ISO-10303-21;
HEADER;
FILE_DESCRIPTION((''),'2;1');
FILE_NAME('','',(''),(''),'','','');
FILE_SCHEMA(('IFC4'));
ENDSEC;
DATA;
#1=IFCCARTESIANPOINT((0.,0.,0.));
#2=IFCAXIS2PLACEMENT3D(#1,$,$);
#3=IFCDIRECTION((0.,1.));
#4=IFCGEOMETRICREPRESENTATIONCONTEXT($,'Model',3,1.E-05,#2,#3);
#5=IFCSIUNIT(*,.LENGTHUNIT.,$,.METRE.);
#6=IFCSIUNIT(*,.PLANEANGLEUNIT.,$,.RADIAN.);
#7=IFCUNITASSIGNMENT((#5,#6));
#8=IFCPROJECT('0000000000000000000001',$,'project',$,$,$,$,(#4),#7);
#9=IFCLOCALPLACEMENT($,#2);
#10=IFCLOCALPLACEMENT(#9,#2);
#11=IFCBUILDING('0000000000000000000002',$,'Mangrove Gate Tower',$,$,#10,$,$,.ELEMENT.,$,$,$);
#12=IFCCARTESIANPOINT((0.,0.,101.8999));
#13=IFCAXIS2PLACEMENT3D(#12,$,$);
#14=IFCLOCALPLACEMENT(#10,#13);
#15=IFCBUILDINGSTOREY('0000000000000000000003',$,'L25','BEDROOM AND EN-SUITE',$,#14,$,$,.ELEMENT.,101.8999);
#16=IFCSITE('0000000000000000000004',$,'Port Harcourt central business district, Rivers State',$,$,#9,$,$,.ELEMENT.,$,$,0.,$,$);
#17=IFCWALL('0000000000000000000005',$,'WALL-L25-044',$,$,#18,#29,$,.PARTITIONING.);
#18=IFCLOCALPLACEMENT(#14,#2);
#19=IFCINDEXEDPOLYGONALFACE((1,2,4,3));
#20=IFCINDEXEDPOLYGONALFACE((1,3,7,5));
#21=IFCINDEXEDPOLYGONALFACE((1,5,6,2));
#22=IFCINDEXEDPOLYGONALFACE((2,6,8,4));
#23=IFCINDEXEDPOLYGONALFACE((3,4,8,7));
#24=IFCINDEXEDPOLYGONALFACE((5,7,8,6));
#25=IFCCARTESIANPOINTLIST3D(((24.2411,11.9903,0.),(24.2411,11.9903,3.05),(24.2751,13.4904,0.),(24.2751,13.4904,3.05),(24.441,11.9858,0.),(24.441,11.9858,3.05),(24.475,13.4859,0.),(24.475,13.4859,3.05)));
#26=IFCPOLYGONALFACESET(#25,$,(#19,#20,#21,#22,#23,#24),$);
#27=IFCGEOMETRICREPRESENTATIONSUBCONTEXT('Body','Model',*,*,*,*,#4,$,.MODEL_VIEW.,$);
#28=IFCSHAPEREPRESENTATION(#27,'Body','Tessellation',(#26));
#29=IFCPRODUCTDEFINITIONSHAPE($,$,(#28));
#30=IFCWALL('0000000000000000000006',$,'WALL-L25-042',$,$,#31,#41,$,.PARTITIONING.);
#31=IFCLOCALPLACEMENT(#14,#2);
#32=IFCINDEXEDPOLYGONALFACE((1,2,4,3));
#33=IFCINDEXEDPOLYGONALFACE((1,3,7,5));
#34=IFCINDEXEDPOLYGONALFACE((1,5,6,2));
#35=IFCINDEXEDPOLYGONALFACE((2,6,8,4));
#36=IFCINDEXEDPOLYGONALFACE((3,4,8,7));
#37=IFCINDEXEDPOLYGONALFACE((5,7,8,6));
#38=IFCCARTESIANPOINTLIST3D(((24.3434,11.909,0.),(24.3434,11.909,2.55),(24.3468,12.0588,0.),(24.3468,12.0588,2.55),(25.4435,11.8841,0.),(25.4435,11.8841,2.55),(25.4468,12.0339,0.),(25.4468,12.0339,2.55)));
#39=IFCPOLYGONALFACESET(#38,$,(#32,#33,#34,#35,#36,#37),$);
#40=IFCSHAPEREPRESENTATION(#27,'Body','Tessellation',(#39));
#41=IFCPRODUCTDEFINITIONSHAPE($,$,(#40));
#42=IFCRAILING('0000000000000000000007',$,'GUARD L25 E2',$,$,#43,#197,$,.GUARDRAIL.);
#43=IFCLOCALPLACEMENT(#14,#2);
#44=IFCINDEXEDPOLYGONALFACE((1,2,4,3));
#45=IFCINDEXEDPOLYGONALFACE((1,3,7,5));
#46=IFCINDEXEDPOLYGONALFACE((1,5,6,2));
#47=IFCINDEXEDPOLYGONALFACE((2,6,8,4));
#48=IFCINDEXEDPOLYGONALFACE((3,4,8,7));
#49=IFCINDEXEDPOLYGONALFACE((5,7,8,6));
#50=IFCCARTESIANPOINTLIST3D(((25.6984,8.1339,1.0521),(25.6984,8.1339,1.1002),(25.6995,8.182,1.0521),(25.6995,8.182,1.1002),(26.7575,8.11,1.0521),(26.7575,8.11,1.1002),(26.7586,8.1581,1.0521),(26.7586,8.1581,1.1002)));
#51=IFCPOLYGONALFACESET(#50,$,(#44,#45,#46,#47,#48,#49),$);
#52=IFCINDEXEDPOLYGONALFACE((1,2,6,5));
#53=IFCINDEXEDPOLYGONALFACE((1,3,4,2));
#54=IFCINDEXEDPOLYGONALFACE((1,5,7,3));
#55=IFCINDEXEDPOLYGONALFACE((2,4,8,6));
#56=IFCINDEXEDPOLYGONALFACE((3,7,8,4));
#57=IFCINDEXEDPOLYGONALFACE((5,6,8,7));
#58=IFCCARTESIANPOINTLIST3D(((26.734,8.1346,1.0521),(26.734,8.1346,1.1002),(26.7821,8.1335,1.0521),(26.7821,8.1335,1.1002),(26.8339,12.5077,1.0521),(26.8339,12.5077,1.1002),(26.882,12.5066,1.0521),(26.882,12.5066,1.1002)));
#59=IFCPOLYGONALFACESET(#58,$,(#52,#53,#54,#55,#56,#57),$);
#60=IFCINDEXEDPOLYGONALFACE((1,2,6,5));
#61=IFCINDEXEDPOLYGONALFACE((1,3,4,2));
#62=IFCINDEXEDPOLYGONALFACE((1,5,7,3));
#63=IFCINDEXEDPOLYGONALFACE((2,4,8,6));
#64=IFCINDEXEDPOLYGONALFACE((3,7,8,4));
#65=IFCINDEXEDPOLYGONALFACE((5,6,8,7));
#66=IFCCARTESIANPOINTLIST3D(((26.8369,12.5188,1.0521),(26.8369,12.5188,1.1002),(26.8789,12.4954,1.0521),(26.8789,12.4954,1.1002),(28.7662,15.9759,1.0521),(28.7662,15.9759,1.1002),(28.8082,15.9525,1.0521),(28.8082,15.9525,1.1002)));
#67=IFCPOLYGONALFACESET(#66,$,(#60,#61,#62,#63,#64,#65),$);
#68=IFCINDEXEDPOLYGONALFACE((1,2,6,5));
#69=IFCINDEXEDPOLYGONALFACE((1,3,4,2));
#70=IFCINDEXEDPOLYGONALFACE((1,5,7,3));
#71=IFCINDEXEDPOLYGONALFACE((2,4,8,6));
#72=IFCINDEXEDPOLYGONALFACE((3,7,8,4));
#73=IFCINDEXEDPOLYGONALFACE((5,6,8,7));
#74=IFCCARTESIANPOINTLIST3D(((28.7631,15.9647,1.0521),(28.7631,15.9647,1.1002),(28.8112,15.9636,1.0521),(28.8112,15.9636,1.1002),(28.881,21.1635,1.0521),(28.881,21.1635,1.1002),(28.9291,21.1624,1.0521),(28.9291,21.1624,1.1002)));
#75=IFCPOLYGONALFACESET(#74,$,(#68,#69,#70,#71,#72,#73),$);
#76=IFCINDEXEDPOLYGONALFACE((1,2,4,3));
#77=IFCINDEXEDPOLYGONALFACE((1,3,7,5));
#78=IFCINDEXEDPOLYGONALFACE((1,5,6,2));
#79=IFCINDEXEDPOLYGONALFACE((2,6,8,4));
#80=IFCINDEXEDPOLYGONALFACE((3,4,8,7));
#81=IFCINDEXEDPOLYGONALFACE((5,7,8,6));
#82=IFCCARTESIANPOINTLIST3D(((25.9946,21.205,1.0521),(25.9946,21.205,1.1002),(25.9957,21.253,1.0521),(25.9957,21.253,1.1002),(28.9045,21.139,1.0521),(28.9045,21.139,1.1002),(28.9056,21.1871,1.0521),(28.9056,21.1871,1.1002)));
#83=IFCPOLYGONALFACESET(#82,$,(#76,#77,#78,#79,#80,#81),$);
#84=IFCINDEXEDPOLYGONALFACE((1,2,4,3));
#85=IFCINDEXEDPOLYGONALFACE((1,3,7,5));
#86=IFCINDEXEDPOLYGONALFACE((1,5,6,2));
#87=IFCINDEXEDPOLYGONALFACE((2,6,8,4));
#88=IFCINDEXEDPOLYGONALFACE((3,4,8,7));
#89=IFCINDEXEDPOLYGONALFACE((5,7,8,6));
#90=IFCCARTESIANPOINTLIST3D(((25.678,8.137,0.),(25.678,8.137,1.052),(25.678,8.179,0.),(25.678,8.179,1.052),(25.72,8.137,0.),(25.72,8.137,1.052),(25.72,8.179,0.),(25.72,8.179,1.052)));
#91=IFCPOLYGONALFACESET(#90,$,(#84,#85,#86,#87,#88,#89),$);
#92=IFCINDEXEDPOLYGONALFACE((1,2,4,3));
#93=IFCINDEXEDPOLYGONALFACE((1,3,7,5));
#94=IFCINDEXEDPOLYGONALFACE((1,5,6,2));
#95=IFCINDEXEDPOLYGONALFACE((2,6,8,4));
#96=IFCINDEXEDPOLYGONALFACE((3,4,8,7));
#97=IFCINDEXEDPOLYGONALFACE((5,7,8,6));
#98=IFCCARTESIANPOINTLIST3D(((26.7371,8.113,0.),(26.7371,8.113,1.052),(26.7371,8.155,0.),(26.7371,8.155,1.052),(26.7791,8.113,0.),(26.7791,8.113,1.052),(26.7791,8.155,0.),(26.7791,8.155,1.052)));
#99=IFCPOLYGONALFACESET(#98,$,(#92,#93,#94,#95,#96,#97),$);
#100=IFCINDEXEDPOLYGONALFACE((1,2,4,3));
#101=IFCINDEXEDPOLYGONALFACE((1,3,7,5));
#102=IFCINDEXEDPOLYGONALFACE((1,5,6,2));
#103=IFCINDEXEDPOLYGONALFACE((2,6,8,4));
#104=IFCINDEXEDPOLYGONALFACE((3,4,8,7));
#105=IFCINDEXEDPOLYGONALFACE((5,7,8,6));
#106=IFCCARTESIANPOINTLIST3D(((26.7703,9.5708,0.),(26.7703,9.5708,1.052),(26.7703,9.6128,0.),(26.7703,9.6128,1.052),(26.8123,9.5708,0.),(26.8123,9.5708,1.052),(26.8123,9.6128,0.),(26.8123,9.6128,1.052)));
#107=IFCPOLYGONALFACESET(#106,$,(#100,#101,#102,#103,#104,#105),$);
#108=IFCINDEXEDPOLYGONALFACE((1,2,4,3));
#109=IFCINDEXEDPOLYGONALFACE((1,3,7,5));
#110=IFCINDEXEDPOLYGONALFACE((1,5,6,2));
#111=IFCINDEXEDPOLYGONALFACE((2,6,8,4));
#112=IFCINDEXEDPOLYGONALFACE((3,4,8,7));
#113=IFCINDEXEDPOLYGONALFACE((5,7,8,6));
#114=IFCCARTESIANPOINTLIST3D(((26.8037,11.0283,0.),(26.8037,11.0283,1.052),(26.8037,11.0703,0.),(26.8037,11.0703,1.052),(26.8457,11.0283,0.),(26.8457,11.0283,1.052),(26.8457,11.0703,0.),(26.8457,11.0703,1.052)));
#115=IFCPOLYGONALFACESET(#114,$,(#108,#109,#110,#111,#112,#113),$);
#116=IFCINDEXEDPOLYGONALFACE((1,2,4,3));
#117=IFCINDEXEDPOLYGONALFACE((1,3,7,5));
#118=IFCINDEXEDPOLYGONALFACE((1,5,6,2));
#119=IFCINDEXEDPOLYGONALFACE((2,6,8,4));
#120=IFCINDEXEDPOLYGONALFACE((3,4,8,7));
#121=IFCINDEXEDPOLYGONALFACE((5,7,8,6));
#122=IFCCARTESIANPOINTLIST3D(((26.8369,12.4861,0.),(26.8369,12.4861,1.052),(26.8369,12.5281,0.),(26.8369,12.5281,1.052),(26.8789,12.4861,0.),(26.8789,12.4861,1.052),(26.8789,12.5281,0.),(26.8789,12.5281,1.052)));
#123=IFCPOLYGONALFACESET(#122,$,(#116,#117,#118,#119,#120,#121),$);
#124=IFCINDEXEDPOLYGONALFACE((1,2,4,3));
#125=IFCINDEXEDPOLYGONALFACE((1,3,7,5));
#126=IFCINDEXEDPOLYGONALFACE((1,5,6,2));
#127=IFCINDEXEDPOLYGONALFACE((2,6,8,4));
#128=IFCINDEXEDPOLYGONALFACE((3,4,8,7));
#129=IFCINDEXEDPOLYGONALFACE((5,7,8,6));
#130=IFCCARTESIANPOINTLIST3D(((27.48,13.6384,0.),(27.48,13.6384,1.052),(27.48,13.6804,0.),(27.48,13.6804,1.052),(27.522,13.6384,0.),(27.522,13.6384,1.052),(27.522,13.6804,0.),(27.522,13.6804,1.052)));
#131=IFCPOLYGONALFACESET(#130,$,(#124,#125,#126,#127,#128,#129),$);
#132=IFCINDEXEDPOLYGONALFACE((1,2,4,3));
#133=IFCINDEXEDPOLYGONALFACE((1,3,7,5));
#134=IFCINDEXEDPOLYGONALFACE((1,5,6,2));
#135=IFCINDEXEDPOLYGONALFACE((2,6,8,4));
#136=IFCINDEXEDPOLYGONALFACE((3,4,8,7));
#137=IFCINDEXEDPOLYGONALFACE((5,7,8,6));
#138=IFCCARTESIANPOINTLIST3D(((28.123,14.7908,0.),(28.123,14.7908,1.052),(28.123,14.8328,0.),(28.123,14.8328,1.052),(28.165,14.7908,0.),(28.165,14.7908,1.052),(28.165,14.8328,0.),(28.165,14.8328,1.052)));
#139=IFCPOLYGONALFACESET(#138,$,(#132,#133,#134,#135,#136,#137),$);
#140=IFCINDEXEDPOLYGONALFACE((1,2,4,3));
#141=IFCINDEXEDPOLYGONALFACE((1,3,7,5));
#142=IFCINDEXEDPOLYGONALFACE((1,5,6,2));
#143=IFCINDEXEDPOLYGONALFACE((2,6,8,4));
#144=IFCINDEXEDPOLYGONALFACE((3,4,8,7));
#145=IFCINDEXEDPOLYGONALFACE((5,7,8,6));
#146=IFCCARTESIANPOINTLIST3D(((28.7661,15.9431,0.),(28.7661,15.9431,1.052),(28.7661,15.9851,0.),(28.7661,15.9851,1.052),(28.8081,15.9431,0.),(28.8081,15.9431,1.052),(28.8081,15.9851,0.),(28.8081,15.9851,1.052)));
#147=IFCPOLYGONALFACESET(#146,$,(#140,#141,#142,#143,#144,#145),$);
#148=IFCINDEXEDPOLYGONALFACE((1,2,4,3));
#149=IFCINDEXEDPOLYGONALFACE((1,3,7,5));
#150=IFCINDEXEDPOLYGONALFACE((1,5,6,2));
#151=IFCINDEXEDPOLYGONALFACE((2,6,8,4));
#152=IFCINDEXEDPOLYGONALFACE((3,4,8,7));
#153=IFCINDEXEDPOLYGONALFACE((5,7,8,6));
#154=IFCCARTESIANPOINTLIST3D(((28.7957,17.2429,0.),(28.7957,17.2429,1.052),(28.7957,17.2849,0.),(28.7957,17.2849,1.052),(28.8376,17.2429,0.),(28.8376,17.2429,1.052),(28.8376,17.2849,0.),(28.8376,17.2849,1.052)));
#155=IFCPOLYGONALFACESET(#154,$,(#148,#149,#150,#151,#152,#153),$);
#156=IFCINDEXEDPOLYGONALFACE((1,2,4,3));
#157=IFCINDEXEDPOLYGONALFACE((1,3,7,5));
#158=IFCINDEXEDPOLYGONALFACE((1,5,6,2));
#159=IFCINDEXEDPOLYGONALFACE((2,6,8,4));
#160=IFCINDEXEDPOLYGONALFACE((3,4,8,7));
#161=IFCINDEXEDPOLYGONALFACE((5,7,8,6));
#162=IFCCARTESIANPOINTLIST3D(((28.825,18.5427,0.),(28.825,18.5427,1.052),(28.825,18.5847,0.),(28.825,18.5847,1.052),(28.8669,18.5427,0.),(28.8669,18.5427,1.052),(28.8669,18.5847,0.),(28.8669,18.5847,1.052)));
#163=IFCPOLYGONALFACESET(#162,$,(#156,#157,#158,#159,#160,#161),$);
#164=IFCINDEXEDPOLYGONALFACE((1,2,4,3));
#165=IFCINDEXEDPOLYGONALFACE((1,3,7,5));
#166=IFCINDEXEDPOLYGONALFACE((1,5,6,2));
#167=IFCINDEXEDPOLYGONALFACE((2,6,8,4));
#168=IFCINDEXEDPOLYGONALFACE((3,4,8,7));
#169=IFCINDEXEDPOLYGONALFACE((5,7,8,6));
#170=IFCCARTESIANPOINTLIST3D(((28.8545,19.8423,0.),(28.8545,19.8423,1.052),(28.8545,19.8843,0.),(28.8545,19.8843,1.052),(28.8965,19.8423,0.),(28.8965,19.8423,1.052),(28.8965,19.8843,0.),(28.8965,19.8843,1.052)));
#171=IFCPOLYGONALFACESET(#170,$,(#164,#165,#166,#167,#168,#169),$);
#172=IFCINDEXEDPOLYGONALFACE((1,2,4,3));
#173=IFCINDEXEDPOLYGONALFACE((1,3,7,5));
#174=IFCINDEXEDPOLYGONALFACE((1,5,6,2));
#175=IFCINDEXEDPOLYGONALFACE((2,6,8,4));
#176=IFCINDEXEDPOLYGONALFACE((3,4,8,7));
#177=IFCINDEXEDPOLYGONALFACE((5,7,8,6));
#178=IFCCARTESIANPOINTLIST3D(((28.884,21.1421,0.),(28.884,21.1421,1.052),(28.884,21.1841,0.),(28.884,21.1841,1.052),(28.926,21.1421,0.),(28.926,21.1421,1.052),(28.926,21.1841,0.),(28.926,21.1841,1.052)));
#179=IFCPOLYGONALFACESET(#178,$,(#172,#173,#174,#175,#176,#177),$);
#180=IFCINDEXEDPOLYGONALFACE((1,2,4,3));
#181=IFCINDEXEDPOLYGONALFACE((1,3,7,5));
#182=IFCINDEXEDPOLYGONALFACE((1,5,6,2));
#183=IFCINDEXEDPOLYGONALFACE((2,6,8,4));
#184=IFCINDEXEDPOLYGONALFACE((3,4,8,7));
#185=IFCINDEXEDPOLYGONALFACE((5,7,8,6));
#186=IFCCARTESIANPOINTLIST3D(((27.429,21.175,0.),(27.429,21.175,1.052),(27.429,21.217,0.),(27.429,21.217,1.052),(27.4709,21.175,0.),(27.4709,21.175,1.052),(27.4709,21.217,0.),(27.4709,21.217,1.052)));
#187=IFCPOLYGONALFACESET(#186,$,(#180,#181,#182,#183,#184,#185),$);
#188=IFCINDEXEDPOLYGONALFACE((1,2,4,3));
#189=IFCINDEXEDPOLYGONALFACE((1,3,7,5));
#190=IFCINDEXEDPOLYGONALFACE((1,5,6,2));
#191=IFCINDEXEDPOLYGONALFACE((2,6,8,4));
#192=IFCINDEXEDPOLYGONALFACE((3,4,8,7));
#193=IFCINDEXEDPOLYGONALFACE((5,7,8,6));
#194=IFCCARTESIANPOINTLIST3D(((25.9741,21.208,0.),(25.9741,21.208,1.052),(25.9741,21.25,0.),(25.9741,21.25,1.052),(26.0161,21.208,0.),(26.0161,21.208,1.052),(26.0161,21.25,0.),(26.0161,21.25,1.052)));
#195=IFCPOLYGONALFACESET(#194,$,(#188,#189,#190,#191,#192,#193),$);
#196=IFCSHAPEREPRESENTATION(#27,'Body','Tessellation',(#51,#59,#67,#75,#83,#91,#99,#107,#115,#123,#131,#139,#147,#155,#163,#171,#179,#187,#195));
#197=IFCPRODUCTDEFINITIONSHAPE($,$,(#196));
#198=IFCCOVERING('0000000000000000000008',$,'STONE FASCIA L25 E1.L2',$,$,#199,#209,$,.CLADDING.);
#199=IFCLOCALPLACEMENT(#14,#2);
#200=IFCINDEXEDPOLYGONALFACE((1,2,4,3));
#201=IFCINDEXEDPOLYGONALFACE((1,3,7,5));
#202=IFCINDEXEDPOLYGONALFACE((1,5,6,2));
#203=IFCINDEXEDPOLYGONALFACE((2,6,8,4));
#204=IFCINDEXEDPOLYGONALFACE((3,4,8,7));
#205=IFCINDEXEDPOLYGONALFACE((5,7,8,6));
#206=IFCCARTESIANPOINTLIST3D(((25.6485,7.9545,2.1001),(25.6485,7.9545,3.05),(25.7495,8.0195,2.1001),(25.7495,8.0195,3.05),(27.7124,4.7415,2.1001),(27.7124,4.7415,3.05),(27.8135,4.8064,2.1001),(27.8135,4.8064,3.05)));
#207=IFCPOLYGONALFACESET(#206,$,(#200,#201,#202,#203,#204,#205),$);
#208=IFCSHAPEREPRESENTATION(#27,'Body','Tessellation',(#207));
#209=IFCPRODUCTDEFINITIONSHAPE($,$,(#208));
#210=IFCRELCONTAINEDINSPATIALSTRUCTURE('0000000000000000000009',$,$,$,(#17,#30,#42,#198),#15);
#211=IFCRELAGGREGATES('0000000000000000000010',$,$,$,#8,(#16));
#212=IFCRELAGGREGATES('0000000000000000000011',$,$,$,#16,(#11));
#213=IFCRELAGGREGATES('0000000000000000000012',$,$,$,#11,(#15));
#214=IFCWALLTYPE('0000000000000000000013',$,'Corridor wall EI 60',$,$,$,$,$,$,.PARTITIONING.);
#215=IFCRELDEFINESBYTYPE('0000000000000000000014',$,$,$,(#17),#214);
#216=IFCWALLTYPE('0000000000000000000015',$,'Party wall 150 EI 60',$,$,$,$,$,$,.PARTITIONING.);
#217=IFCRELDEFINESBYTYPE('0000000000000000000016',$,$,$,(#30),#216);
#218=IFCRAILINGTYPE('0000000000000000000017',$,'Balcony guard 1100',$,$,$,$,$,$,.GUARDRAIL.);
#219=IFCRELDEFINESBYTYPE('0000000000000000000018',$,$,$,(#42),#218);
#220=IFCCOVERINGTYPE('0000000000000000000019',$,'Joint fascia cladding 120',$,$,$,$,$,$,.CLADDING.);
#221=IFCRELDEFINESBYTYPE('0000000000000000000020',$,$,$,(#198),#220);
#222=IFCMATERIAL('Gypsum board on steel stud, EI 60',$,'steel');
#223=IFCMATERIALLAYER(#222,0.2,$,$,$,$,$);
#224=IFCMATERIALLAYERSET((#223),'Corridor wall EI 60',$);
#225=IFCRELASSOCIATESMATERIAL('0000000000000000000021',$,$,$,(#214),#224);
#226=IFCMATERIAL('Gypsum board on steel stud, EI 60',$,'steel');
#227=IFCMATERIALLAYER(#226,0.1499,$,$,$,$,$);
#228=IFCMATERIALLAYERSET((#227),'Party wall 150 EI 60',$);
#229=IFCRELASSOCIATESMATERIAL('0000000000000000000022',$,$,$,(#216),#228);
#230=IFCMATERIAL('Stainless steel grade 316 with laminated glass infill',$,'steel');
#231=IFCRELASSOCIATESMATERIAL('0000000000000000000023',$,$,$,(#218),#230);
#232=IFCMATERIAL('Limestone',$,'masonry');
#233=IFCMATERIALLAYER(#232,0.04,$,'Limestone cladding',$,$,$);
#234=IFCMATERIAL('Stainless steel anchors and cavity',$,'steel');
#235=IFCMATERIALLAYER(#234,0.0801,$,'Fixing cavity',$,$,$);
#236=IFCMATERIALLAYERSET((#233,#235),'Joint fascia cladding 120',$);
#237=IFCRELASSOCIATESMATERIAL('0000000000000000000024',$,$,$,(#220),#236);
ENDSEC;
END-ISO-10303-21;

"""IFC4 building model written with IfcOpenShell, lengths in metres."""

from ifc_helpers import new_model, si_unit, direction, frame, frame_2d, origin, origin_2d, place, context, subcontext, project, spatial, rectangle, extrude, material, layer, layer_set, type_object, element, save


model = new_model("IFC4")

# Units and contexts
model_context = context("Model", 3, precision=1e-05, world=origin(), true_north=direction((0.0, 1.0)))
body_context = subcontext(model_context, "Body", "Model", "MODEL_VIEW")
ifc_project = project(units=[si_unit("LENGTHUNIT", "METRE"), si_unit("PLANEANGLEUNIT", "RADIAN")], contexts=[model_context])

# Site, building, storey
site_placement = place(None, origin())
site = spatial("IfcSite", under=ifc_project, at=site_placement, Name="Port Harcourt central business district, Rivers State", CompositionType="ELEMENT", RefElevation=0.0)
building_placement = place(site_placement, origin())
building = spatial("IfcBuilding", under=site, at=building_placement, Name="Mangrove Gate Tower", CompositionType="ELEMENT")
storey_placement = place(building_placement, frame((0.0, 0.0, 101.8999)))
storey = spatial("IfcBuildingStorey", under=building, at=storey_placement, Name="L25", Description="BEDROOM AND EN-SUITE", CompositionType="ELEMENT", Elevation=101.8999)

# Shared definitions
ifc_material_1 = material(Name="Gypsum board on steel stud, EI 60", Category="steel")
ifc_layer_1 = layer(ifc_material_1, 0.2)
ifc_layer_set_1 = layer_set([ifc_layer_1], Name="Corridor wall EI 60")
wall_type_1 = type_object("IfcWallType", Name="Corridor wall EI 60", PredefinedType="PARTITIONING", material=ifc_layer_set_1)

# Wall
wall_1_placement = place(storey_placement, frame((24.3411, 11.988, 0.0), z_axis=(0.0, 0.0, 1.0), x_axis=(0.022618, 0.999744, 0.0)))
element("IfcWall", 1, at=wall_1_placement, inside=storey, type_object=wall_type_1, Name="WALL-L25-044", PredefinedType="PARTITIONING", context=body_context, shape_type="SweptSolid", body=[
    extrude(rectangle(XDim=1.5005, YDim=0.2, at=frame_2d((0.7502, 0.0))), origin(), (0.0, 0.0, 1.0), 3.05),
])

# Shared definitions
ifc_material_2 = material(Name="Limestone", Category="masonry")

# Wall
ifc_material_3 = material(Name="Gypsum board on steel stud, EI 60", Category="steel")
ifc_layer_2 = layer(ifc_material_3, 0.1499)
ifc_layer_set_2 = layer_set([ifc_layer_2], Name="Party wall 150 EI 60")
wall_type_2 = type_object("IfcWallType", Name="Party wall 150 EI 60", PredefinedType="PARTITIONING", material=ifc_layer_set_2)
wall_2_placement = place(storey_placement, frame((24.345, 11.9839, 0.0), z_axis=(0.0, 0.0, 1.0), x_axis=(0.999744, -0.022631, 0.0)))
element("IfcWall", 2, at=wall_2_placement, inside=storey, type_object=wall_type_2, Name="WALL-L25-042", PredefinedType="PARTITIONING", context=body_context, shape_type="SweptSolid", body=[
    extrude(rectangle(XDim=1.1003, YDim=0.1499, at=frame_2d((0.5503, 0.0))), origin(), (0.0, 0.0, 1.0), 2.55),
])

# Railing
ifc_material_4 = material(Name="Stainless steel grade 316 with laminated glass infill", Category="steel")
railing_type = type_object("IfcRailingType", Name="Balcony guard 1100", PredefinedType="GUARDRAIL", material=ifc_material_4)
railing_placement = place(storey_placement, frame((25.699, 8.158, 0.0)))
element("IfcRailing", 3, at=railing_placement, inside=storey, type_object=railing_type, Name="GUARD L25 E2", PredefinedType="GUARDRAIL", context=body_context, shape_type="SweptSolid", body=[
    extrude(rectangle(XDim=0.0481, YDim=0.0481, at=origin_2d()), frame((0.0, 0.0, 1.0762), z_axis=(0.999745, -0.022585, 0.0), x_axis=(0.022585, 0.999745, 0.0)), (0.0, 0.0, 1.0), 1.0593),
    extrude(rectangle(XDim=0.0481, YDim=0.0481, at=origin_2d()), frame((1.0591, -0.0239, 1.0762), z_axis=(0.022828, 0.999739, 0.0), x_axis=(-0.999739, 0.022828, 0.0)), (0.0, 0.0, 1.0), 4.3743),
    extrude(rectangle(XDim=0.0481, YDim=0.0481, at=origin_2d()), frame((1.1589, 4.3491, 1.0762), z_axis=(0.487307, 0.873231, 0.0), x_axis=(-0.873231, 0.487307, 0.0)), (0.0, 0.0, 1.0), 3.959),
    extrude(rectangle(XDim=0.0481, YDim=0.0481, at=origin_2d()), frame((3.0881, 7.8062, 1.0762), z_axis=(0.022676, 0.999743, 0.0), x_axis=(-0.999743, 0.022676, 0.0)), (0.0, 0.0, 1.0), 5.2002),
    extrude(rectangle(XDim=0.0481, YDim=0.0481, at=origin_2d()), frame((3.2061, 13.0051, 1.0762), z_axis=(-0.999744, 0.022647, 0.0), x_axis=(-0.022647, -0.999744, 0.0)), (0.0, 0.0, 1.0), 2.9106),
    extrude(rectangle(XDim=0.042, YDim=0.042, at=origin_2d()), origin(), (0.0, 0.0, 1.0), 1.052),
    extrude(rectangle(XDim=0.042, YDim=0.042, at=origin_2d()), frame((1.0591, -0.0239, 0.0)), (0.0, 0.0, 1.0), 1.052),
    extrude(rectangle(XDim=0.042, YDim=0.042, at=origin_2d()), frame((1.0923, 1.4338, 0.0)), (0.0, 0.0, 1.0), 1.052),
    extrude(rectangle(XDim=0.042, YDim=0.042, at=origin_2d()), frame((1.1257, 2.8914, 0.0)), (0.0, 0.0, 1.0), 1.052),
    extrude(rectangle(XDim=0.042, YDim=0.042, at=origin_2d()), frame((1.1589, 4.3491, 0.0)), (0.0, 0.0, 1.0), 1.052),
    extrude(rectangle(XDim=0.042, YDim=0.042, at=origin_2d()), frame((1.802, 5.5015, 0.0)), (0.0, 0.0, 1.0), 1.052),
    extrude(rectangle(XDim=0.042, YDim=0.042, at=origin_2d()), frame((2.4451, 6.6538, 0.0)), (0.0, 0.0, 1.0), 1.052),
    extrude(rectangle(XDim=0.042, YDim=0.042, at=origin_2d()), frame((3.0881, 7.8062, 0.0)), (0.0, 0.0, 1.0), 1.052),
    extrude(rectangle(XDim=0.042, YDim=0.042, at=origin_2d()), frame((3.1177, 9.106, 0.0)), (0.0, 0.0, 1.0), 1.052),
    extrude(rectangle(XDim=0.042, YDim=0.042, at=origin_2d()), frame((3.147, 10.4058, 0.0)), (0.0, 0.0, 1.0), 1.052),
    extrude(rectangle(XDim=0.042, YDim=0.042, at=origin_2d()), frame((3.1765, 11.7053, 0.0)), (0.0, 0.0, 1.0), 1.052),
    extrude(rectangle(XDim=0.042, YDim=0.042, at=origin_2d()), frame((3.2061, 13.0051, 0.0)), (0.0, 0.0, 1.0), 1.052),
    extrude(rectangle(XDim=0.042, YDim=0.042, at=origin_2d()), frame((1.751, 13.0381, 0.0)), (0.0, 0.0, 1.0), 1.052),
    extrude(rectangle(XDim=0.042, YDim=0.042, at=origin_2d()), frame((0.2961, 13.071, 0.0)), (0.0, 0.0, 1.0), 1.052),
])

# Covering
ifc_layer_3 = layer(ifc_material_2, 0.04, Name="Limestone cladding")
ifc_material_5 = material(Name="Stainless steel anchors and cavity", Category="steel")
ifc_layer_4 = layer(ifc_material_5, 0.0801, Name="Fixing cavity")
ifc_layer_set_3 = layer_set([ifc_layer_3, ifc_layer_4], Name="Joint fascia cladding 120")
covering_type = type_object("IfcCoveringType", Name="Joint fascia cladding 120", PredefinedType="CLADDING", material=ifc_layer_set_3)
covering_placement = place(storey_placement, frame((27.7629, 4.7739, 2.1001), z_axis=(0.0, 0.0, 1.0), x_axis=(-0.540457, 0.841372, 0.0)))
element("IfcCovering", 4, at=covering_placement, inside=storey, type_object=covering_type, Name="STONE FASCIA L25 E1.L2", PredefinedType="CLADDING", context=body_context, shape_type="SweptSolid", body=[
    extrude(rectangle(XDim=3.8188, YDim=0.1201, at=frame_2d((1.9094, 0.0))), origin(), (0.0, 0.0, 1.0), 0.95),
])

save(model, "model.ifc")
